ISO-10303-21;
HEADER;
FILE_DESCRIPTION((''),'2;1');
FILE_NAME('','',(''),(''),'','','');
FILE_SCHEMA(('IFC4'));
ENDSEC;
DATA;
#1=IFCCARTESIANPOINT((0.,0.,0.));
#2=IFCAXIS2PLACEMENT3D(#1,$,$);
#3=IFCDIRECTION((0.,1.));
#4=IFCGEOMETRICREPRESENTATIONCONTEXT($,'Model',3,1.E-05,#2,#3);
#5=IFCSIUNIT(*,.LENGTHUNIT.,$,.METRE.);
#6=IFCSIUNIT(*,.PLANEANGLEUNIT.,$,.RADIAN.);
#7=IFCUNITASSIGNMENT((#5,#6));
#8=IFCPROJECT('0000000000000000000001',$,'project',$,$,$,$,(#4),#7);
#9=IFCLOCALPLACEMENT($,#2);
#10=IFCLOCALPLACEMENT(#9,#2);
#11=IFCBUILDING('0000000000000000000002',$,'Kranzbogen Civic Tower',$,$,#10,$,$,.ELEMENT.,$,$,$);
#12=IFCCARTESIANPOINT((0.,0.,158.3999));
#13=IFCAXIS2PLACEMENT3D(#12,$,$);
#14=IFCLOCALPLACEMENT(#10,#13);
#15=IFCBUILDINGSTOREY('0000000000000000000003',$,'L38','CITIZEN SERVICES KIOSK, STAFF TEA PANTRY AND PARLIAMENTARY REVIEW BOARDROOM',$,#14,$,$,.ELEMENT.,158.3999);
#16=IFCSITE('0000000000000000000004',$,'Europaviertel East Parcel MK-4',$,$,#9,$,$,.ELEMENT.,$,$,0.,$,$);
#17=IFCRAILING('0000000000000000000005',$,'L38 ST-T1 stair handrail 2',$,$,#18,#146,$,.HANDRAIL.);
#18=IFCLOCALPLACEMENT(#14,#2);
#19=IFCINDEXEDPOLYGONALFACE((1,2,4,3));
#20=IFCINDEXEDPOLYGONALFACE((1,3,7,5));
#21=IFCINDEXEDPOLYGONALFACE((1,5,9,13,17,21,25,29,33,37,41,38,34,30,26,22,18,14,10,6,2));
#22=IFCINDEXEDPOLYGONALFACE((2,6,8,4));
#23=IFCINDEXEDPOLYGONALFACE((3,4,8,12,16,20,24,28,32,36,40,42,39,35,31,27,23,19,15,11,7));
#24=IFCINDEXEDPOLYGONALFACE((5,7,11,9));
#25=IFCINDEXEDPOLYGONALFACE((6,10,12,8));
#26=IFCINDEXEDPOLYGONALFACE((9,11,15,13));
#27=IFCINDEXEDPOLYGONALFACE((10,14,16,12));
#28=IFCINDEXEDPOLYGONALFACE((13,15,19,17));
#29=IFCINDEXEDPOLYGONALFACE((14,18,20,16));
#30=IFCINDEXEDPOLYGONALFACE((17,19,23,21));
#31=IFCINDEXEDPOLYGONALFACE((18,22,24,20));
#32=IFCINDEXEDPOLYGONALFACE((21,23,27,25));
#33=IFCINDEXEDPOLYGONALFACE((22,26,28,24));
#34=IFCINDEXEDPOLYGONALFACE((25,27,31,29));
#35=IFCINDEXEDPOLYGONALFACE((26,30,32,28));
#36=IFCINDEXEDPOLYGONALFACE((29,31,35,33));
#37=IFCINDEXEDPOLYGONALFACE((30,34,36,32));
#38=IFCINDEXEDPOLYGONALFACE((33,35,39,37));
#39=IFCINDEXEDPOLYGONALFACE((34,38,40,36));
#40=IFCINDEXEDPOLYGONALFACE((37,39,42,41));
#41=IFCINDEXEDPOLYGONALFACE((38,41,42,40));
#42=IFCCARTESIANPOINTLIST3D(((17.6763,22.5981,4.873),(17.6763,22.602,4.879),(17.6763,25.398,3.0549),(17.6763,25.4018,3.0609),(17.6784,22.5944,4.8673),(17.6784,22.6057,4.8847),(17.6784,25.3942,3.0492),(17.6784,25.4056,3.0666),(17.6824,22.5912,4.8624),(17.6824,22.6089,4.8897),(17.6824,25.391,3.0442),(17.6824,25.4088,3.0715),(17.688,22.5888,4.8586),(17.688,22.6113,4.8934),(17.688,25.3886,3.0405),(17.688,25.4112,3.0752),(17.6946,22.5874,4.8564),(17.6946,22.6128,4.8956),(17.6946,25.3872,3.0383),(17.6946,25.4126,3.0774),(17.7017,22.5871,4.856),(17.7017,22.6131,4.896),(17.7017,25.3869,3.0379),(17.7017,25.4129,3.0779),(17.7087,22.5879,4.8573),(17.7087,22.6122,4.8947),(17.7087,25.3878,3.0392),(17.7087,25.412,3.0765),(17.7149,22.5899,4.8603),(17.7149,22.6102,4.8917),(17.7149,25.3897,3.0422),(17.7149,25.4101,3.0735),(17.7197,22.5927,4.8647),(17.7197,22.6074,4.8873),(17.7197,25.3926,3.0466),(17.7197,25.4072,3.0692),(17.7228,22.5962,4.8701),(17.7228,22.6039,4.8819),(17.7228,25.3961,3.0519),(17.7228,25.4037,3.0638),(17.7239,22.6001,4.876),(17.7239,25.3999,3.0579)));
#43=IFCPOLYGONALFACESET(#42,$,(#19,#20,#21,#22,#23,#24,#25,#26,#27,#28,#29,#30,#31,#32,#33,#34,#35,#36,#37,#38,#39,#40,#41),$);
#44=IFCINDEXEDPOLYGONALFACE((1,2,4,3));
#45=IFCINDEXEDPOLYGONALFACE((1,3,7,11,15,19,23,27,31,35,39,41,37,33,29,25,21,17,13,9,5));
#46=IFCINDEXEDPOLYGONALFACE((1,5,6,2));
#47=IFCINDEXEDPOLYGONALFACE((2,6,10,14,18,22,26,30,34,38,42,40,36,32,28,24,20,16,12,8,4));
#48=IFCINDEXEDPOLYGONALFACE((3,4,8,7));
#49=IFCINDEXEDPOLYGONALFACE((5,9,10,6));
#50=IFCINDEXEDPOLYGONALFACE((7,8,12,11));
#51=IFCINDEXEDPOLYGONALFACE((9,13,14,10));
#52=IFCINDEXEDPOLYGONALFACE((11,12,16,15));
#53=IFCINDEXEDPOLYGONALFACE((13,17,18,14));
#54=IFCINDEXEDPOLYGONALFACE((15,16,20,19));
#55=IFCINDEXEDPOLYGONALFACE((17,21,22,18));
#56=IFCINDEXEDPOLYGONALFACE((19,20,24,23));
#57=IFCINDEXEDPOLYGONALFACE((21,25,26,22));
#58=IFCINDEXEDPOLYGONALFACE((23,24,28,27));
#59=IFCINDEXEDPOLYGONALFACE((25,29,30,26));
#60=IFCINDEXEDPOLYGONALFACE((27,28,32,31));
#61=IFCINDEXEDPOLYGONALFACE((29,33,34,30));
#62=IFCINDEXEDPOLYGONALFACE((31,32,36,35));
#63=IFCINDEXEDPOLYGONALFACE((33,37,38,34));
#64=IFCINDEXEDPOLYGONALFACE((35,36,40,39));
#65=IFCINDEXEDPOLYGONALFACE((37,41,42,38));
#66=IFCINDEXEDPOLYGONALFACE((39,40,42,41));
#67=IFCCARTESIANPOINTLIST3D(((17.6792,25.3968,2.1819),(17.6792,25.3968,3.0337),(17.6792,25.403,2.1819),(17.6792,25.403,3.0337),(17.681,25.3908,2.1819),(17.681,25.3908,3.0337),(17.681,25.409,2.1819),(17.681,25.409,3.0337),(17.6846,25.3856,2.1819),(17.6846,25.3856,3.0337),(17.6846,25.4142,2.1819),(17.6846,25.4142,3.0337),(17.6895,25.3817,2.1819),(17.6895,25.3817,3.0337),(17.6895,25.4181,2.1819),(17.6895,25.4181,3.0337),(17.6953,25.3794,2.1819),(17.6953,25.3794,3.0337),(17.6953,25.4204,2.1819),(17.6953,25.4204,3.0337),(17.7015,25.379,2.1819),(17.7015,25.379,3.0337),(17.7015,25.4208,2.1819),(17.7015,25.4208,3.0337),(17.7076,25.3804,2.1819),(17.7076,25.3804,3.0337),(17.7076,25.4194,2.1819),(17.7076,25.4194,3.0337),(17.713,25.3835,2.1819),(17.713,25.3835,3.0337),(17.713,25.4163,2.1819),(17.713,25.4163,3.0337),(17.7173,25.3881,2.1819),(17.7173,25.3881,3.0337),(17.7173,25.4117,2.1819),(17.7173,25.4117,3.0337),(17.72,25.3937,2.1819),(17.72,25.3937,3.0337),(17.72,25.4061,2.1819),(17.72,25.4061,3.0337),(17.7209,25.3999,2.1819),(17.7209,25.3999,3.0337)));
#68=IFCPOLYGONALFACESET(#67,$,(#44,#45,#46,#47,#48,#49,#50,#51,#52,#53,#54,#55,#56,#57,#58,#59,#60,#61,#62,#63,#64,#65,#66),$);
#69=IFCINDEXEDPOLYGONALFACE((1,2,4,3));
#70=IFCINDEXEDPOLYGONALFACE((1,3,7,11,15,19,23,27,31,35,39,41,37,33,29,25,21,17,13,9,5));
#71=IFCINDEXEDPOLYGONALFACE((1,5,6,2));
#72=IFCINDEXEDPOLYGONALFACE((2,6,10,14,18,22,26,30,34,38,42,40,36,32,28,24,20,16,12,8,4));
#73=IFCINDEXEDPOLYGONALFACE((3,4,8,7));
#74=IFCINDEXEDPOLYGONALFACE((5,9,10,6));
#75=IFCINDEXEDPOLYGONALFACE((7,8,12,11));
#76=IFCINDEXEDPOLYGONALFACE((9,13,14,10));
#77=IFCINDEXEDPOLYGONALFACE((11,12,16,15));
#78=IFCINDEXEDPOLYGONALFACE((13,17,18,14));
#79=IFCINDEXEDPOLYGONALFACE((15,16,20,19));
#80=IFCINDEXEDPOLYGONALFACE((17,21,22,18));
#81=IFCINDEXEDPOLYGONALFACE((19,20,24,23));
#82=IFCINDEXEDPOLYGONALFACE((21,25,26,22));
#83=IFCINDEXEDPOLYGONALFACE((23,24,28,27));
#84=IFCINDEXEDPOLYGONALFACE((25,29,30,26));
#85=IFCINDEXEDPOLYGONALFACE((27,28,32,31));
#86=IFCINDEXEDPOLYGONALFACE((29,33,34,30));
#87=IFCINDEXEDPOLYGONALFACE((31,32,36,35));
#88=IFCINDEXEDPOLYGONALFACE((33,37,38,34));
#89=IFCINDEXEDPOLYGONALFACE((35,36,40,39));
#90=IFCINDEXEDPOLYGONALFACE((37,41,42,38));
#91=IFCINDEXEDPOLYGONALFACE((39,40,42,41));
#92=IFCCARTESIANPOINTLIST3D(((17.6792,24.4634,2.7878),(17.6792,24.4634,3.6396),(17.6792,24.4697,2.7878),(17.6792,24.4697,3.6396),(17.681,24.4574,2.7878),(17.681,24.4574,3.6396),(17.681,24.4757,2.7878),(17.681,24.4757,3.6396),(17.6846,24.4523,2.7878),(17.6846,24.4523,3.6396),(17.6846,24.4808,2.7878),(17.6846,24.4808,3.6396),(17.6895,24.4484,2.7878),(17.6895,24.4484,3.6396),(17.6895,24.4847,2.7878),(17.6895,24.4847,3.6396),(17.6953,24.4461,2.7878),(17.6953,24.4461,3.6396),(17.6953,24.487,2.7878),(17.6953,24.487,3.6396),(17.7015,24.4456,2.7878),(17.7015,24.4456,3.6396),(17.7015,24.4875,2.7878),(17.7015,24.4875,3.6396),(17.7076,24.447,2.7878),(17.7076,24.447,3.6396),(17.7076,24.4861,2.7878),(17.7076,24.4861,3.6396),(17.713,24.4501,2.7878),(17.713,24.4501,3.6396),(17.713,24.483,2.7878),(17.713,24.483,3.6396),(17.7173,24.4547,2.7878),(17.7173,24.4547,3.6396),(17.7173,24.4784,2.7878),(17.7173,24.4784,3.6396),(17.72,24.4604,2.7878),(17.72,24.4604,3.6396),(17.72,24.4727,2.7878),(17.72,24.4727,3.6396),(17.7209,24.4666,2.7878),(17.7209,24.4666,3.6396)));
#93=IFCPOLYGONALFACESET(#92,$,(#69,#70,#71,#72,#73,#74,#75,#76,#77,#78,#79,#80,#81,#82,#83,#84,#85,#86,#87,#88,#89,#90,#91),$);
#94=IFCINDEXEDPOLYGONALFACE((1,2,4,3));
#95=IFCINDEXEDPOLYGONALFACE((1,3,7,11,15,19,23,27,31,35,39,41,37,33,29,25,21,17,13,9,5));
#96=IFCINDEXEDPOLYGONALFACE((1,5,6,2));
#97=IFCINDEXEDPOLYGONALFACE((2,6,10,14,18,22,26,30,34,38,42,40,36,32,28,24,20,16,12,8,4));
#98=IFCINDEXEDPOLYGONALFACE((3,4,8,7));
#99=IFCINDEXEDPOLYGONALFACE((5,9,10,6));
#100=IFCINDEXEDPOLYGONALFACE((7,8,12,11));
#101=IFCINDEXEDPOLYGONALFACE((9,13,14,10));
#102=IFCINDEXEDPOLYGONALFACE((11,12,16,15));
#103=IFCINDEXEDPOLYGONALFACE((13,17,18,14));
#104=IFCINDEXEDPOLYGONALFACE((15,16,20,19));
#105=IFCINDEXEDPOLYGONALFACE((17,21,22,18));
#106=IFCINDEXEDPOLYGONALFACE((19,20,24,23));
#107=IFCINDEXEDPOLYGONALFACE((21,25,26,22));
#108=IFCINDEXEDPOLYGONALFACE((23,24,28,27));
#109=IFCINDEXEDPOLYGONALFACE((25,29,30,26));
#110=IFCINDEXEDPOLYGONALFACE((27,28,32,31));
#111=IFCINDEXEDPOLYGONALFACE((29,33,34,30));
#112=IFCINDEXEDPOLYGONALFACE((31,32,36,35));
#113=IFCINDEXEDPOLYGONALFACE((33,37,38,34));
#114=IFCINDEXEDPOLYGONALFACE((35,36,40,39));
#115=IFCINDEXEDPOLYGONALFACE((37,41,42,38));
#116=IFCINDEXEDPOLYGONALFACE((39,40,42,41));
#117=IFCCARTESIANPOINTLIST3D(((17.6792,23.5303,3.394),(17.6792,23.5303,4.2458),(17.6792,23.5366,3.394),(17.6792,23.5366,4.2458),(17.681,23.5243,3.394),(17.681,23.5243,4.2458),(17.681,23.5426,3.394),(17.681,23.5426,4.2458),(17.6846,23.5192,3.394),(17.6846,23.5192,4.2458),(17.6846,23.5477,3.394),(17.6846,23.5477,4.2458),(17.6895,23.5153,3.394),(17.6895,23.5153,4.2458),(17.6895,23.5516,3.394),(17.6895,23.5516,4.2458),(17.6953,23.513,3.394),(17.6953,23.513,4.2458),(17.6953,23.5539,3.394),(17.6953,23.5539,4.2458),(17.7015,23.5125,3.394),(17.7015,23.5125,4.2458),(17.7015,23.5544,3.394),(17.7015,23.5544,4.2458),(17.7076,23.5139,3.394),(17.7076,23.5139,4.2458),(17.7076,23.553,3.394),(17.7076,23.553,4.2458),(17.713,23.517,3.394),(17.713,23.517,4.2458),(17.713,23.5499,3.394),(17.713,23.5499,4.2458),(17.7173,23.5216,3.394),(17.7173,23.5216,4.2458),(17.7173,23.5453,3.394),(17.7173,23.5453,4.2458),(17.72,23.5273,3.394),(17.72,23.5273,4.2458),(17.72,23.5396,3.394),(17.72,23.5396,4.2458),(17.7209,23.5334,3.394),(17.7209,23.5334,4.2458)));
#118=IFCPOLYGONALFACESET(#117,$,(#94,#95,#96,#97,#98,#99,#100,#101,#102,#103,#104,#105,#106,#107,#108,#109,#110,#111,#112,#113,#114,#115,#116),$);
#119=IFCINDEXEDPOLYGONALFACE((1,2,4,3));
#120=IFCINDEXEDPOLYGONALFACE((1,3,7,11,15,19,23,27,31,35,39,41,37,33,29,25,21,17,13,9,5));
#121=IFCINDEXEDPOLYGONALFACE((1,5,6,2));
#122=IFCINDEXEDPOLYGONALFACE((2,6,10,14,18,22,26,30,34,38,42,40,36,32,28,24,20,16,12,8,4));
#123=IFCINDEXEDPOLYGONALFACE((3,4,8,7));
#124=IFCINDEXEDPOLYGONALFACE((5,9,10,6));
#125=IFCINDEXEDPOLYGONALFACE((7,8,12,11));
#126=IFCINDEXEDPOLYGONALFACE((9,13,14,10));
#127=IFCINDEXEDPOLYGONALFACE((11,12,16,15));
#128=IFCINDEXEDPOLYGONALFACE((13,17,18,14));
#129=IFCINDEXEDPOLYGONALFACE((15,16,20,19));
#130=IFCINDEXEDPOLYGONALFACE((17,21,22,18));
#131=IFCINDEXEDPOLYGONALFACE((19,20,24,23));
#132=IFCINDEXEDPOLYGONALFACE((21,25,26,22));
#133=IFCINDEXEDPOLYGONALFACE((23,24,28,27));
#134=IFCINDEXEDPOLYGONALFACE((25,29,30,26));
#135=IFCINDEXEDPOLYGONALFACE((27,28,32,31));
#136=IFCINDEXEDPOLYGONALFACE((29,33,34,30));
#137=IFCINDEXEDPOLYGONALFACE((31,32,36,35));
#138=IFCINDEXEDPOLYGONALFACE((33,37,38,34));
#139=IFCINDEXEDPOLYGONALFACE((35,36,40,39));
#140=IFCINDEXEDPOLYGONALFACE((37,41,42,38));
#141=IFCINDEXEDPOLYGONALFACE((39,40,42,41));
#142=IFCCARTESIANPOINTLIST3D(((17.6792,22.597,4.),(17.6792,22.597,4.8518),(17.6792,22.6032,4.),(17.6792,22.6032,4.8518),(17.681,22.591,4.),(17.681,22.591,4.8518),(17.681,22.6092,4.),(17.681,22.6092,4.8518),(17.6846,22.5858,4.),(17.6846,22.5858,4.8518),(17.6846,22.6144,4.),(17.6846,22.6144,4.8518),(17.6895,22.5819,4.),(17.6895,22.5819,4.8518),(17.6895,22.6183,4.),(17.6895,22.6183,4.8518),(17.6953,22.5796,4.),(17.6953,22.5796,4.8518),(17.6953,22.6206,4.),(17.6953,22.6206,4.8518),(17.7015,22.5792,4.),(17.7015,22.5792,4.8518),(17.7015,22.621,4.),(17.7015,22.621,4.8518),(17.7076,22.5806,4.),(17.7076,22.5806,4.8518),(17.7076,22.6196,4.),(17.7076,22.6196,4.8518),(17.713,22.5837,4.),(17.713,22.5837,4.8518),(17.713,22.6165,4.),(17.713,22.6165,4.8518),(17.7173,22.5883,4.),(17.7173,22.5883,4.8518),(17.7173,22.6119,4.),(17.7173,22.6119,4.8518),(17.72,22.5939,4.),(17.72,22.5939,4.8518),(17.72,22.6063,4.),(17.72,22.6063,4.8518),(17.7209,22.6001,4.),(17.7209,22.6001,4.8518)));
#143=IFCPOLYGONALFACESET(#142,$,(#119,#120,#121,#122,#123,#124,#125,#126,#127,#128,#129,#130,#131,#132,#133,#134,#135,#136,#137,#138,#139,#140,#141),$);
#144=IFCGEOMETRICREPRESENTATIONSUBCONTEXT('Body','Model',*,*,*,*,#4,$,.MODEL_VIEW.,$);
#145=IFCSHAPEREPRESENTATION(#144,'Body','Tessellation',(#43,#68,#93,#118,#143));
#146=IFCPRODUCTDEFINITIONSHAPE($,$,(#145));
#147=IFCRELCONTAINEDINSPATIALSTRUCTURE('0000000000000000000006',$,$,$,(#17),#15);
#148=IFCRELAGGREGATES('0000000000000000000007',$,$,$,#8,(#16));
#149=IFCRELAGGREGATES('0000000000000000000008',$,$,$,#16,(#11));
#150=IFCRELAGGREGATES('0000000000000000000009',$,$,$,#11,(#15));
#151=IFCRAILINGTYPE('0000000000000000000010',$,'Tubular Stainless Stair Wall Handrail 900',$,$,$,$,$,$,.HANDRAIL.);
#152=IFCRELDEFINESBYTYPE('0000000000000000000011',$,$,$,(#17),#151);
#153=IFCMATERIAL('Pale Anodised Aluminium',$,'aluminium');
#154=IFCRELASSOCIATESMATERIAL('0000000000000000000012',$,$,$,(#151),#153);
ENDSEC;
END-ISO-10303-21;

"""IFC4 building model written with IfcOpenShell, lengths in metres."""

from ifc_helpers import new_model, si_unit, direction, frame, origin, origin_2d, place, context, subcontext, project, spatial, circle, extrude, material, type_object, element, save


model = new_model("IFC4")

# Units and contexts
model_context = context("Model", 3, precision=1e-05, world=origin(), true_north=direction((0.0, 1.0)))
body_context = subcontext(model_context, "Body", "Model", "MODEL_VIEW")
ifc_project = project(units=[si_unit("LENGTHUNIT", "METRE"), si_unit("PLANEANGLEUNIT", "RADIAN")], contexts=[model_context])

# Site, building, storey
site_placement = place(None, origin())
site = spatial("IfcSite", under=ifc_project, at=site_placement, Name="Europaviertel East Parcel MK-4", CompositionType="ELEMENT", RefElevation=0.0)
building_placement = place(site_placement, origin())
building = spatial("IfcBuilding", under=site, at=building_placement, Name="Kranzbogen Civic Tower", CompositionType="ELEMENT")
storey_placement = place(building_placement, frame((0.0, 0.0, 158.3999)))
storey = spatial("IfcBuildingStorey", under=building, at=storey_placement, Name="L38", Description="CITIZEN SERVICES KIOSK, STAFF TEA PANTRY AND PARLIAMENTARY REVIEW BOARDROOM", CompositionType="ELEMENT", Elevation=158.3999)

# Railing
ifc_material_1 = material(Name="Pale Anodised Aluminium", Category="aluminium")
railing_type_1 = type_object("IfcRailingType", Name="Tubular Stainless Stair Wall Handrail 900", PredefinedType="HANDRAIL", material=ifc_material_1)
railing_1_placement = place(storey_placement, frame((17.7, 25.3999, 2.1819)))
element("IfcRailing", 1, at=railing_1_placement, inside=storey, type_object=railing_type_1, Name="L38 ST-T1 stair handrail 2", PredefinedType="HANDRAIL", context=body_context, shape_type="SweptSolid", body=[
    extrude(circle(Radius=0.0239, at=origin_2d()), frame((0.0, 0.0, 0.876), z_axis=(0.0, -0.838684, 0.544618), x_axis=(1.0, 0.0, 0.0)), (0.0, 0.0, 1.0), 3.3384),
    extrude(circle(Radius=0.021, at=origin_2d()), origin(), (0.0, 0.0, 1.0), 0.8518),
    extrude(circle(Radius=0.021, at=origin_2d()), frame((0.0, -0.9333, 0.606)), (0.0, 0.0, 1.0), 0.8518),
    extrude(circle(Radius=0.021, at=origin_2d()), frame((0.0, -1.8665, 1.2122)), (0.0, 0.0, 1.0), 0.8518),
    extrude(circle(Radius=0.021, at=origin_2d()), frame((0.0, -2.7998, 1.8181)), (0.0, 0.0, 1.0), 0.8518),
])

save(model, "model.ifc")
